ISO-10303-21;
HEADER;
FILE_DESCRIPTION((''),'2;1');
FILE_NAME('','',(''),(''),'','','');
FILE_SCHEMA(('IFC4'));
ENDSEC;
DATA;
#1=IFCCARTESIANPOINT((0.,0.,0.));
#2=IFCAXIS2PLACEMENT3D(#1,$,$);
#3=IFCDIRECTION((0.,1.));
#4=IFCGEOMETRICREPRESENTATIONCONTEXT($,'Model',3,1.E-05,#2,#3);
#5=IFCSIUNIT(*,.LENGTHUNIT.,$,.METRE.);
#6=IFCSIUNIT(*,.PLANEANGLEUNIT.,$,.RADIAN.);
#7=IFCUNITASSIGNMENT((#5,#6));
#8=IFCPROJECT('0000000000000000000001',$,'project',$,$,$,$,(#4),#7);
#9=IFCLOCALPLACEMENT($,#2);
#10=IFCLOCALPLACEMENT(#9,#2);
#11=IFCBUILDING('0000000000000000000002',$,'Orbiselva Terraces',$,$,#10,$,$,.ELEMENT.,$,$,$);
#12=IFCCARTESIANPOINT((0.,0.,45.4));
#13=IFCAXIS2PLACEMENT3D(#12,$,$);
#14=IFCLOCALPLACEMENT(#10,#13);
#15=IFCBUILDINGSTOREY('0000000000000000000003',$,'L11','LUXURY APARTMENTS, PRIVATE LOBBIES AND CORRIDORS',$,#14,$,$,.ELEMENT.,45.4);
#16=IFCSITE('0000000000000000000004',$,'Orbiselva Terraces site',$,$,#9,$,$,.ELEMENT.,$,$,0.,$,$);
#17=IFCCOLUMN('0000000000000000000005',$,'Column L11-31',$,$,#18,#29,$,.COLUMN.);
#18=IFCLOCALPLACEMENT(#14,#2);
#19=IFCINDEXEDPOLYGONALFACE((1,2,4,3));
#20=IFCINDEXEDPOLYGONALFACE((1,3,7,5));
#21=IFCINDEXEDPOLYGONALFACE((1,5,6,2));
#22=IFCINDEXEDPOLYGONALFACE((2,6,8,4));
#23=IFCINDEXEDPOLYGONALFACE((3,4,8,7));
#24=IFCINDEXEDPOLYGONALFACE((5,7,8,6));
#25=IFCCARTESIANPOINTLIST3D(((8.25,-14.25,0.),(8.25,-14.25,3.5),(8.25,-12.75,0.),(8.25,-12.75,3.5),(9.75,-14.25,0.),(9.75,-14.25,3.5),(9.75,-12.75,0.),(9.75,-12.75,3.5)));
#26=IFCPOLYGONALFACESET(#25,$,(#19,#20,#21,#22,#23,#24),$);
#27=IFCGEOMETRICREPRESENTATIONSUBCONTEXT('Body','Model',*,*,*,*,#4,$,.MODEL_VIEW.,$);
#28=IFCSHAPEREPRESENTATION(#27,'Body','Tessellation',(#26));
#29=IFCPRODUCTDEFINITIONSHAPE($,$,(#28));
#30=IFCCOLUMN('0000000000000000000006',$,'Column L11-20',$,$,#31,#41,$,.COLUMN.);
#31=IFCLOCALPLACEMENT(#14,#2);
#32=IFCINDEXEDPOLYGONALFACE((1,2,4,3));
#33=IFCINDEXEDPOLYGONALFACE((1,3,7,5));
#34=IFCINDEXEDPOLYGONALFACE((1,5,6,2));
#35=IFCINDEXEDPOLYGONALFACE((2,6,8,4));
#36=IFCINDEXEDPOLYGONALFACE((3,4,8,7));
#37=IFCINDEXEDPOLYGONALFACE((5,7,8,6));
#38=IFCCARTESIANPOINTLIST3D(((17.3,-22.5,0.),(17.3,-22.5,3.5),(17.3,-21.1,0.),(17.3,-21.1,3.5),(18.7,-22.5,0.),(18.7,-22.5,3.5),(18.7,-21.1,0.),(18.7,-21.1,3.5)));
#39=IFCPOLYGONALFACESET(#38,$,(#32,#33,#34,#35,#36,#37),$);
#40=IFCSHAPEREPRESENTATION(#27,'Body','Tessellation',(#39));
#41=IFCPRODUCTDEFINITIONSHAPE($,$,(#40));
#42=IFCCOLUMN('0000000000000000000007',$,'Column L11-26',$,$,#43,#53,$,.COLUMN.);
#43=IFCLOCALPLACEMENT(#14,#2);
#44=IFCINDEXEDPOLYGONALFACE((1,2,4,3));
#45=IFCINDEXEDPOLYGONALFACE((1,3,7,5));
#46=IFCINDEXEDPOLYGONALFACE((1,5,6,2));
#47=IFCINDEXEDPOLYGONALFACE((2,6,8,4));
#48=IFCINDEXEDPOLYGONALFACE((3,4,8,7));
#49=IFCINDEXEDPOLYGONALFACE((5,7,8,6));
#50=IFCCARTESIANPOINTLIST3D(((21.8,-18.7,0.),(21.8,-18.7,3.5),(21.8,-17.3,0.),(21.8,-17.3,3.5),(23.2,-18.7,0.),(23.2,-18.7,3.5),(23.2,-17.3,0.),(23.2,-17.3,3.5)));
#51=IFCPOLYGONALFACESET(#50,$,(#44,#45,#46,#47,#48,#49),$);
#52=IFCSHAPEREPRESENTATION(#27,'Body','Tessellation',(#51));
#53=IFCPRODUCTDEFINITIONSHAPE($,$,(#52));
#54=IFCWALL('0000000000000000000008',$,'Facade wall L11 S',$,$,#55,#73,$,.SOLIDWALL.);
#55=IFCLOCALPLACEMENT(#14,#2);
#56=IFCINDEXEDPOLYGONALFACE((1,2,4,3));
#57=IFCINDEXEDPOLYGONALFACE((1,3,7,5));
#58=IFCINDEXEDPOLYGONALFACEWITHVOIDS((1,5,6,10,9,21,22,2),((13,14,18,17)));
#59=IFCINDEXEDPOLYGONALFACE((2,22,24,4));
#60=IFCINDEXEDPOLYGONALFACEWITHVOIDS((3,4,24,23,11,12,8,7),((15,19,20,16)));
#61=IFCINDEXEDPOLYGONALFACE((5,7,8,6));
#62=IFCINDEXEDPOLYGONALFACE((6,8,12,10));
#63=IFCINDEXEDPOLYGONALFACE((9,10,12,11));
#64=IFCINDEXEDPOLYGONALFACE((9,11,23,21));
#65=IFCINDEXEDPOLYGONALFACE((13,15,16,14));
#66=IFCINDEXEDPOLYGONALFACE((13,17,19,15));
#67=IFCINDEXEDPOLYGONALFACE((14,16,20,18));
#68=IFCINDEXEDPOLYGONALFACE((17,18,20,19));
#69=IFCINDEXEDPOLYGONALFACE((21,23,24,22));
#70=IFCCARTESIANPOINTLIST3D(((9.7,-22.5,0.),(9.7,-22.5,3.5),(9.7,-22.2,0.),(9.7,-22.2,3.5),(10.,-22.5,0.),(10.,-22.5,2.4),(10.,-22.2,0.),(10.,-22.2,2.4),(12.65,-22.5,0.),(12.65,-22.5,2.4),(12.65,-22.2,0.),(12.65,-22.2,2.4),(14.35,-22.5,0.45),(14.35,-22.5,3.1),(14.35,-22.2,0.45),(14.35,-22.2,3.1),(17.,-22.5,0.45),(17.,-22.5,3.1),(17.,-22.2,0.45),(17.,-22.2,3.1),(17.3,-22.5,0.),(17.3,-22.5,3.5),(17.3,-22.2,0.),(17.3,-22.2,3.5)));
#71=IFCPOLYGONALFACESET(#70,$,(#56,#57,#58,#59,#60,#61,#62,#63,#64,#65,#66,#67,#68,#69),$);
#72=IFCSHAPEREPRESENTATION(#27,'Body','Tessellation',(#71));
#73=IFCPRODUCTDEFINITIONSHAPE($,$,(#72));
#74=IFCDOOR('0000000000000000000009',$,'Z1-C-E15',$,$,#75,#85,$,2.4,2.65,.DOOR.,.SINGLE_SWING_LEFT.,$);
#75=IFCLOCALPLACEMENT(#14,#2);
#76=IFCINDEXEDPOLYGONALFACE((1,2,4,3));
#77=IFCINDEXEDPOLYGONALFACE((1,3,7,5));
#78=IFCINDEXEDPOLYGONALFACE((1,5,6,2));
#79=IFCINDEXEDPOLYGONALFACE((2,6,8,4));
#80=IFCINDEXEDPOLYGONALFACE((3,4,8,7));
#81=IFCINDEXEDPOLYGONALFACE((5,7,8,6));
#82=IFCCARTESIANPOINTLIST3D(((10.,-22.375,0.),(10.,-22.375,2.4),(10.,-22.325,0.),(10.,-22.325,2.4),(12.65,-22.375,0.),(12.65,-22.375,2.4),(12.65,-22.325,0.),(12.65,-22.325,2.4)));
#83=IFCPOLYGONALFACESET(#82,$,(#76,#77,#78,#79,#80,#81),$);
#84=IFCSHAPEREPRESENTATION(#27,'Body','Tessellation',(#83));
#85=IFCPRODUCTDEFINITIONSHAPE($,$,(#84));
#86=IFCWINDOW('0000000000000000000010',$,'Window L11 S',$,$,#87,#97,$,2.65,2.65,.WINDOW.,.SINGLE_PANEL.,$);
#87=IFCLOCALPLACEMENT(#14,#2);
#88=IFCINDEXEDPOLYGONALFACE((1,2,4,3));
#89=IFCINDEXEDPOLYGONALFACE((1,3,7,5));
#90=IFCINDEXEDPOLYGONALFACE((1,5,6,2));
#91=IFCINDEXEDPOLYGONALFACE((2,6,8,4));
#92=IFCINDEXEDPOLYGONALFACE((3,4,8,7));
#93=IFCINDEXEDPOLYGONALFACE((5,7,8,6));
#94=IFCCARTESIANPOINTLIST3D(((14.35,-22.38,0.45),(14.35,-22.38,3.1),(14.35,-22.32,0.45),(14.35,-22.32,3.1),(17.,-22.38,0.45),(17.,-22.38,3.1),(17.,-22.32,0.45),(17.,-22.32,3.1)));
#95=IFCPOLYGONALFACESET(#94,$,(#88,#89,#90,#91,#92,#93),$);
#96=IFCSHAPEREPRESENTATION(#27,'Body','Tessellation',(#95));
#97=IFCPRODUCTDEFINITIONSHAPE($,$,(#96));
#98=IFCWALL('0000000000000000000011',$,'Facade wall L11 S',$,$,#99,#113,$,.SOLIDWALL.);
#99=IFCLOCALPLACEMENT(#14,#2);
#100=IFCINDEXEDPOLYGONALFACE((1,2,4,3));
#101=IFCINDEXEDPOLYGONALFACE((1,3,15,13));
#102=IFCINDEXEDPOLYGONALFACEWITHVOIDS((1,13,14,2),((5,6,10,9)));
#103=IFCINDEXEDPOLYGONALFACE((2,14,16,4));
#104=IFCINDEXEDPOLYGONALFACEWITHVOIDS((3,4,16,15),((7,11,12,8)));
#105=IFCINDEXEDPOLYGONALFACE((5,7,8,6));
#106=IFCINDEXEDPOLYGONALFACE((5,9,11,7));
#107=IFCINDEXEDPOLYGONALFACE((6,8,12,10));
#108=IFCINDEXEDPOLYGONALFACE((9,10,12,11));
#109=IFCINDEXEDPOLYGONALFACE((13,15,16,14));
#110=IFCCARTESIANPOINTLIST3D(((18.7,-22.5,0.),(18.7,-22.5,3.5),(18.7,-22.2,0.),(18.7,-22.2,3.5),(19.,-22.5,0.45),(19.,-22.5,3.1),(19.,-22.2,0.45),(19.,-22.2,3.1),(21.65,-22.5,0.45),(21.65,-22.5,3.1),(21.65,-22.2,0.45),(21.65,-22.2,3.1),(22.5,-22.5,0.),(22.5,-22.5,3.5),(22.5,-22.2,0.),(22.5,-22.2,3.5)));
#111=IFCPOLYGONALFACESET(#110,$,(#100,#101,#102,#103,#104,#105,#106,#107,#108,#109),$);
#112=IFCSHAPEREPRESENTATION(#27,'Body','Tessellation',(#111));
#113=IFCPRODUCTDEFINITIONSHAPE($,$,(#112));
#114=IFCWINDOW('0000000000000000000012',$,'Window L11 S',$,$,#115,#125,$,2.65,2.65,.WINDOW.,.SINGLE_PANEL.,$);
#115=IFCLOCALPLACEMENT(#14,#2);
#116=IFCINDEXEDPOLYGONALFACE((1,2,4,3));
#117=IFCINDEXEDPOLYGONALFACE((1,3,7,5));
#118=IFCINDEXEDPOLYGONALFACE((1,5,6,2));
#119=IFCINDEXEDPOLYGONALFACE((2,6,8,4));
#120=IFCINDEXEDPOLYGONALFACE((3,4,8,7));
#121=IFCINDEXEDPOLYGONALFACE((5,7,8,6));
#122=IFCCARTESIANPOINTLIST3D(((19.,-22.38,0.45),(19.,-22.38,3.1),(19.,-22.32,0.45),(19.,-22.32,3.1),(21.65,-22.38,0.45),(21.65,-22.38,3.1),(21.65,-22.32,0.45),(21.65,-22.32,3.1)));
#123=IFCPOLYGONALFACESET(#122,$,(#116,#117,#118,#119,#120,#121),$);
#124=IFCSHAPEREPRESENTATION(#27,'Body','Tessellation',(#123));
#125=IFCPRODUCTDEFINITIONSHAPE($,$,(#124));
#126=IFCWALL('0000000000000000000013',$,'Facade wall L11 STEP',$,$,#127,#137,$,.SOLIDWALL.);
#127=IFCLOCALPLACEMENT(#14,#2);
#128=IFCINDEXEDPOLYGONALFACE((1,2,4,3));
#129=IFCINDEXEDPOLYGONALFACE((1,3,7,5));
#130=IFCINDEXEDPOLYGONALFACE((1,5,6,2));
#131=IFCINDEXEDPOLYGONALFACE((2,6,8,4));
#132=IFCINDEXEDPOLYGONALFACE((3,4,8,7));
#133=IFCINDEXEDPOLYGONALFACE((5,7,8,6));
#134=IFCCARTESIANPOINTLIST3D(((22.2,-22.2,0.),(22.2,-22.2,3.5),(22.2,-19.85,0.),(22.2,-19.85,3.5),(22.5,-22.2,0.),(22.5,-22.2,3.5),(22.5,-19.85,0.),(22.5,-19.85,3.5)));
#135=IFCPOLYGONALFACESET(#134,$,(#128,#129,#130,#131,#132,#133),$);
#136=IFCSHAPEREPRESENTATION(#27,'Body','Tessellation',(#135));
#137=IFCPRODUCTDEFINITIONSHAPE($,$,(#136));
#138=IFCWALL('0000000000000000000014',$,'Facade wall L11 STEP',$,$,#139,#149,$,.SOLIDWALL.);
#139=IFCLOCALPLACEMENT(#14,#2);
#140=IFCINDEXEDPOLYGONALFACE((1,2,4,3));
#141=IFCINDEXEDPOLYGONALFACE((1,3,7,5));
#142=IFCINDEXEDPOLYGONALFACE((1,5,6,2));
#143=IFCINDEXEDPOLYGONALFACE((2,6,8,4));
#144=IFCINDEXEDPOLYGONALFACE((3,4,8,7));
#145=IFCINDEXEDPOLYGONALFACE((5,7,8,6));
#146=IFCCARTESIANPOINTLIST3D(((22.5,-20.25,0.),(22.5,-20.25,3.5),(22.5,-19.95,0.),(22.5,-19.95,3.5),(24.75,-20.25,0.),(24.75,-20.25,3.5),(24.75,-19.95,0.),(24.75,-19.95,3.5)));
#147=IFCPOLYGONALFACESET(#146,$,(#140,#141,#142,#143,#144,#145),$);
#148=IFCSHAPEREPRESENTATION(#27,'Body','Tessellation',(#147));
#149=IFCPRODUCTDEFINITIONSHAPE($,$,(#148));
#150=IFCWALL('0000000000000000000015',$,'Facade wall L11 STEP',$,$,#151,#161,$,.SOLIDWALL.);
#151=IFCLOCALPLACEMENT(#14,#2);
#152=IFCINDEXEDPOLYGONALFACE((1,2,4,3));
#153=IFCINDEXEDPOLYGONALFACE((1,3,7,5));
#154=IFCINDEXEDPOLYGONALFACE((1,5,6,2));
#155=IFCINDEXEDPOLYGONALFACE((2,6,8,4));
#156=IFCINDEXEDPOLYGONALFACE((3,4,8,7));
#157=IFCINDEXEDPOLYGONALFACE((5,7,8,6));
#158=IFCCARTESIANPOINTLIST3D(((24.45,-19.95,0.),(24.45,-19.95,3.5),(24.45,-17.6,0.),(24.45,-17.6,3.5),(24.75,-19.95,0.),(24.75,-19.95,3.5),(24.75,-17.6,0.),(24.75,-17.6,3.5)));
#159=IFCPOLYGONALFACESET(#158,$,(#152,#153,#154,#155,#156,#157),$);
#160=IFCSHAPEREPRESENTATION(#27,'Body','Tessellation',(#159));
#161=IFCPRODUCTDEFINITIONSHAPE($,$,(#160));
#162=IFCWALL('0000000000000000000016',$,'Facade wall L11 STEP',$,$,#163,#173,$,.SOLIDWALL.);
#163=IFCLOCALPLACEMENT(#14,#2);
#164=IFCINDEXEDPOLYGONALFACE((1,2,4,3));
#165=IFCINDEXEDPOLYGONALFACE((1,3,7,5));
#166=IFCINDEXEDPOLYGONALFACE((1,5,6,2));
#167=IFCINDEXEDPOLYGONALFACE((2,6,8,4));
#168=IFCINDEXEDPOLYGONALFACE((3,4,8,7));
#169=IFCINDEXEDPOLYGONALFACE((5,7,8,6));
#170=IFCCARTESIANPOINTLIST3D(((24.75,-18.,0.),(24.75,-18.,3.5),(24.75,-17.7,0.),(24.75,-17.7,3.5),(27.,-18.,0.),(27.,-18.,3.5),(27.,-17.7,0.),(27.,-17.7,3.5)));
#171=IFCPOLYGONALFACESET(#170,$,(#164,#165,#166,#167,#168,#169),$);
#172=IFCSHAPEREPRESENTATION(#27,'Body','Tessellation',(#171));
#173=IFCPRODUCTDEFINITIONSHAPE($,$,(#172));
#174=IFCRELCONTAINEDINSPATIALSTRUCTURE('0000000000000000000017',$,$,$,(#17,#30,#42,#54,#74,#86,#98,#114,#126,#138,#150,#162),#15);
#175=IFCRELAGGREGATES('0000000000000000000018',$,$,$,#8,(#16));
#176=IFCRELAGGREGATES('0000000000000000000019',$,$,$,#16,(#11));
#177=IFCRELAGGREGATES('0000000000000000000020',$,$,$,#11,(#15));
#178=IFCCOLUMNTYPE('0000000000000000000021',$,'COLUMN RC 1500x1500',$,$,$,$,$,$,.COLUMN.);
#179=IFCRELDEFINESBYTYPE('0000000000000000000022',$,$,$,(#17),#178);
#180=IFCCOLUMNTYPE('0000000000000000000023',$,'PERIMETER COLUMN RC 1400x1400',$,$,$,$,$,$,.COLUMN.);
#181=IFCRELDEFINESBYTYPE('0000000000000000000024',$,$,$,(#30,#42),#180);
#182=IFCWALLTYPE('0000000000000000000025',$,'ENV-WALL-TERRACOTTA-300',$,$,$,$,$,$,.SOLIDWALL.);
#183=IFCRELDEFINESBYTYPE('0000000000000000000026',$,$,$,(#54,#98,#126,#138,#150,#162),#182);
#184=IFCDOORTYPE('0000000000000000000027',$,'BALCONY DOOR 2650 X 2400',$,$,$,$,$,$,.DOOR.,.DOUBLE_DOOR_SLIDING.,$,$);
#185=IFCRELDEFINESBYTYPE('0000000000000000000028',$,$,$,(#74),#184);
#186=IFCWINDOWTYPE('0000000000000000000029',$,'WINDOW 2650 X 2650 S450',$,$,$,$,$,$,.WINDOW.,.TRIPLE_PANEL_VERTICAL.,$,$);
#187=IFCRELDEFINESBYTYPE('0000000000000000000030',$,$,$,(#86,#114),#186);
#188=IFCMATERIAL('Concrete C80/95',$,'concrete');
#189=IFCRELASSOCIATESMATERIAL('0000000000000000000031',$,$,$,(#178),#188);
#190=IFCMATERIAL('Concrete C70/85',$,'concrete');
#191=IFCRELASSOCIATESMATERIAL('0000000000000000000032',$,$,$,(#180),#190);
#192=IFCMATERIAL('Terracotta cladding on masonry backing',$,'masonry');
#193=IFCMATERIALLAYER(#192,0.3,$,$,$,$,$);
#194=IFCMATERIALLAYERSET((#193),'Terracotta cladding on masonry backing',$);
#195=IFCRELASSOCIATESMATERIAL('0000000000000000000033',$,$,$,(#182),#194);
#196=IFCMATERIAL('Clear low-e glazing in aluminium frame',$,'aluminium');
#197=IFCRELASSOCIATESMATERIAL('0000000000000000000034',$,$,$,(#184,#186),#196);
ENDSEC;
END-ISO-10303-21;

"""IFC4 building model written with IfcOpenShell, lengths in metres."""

from ifc_helpers import new_model, si_unit, direction, frame, frame_2d, origin, origin_2d, place, context, subcontext, project, spatial, rectangle, extrude, material, layer, layer_set, material_profile, profile_set, type_object, element, fill, save


model = new_model("IFC4")

# Units and contexts
model_context = context("Model", 3, precision=1e-05, world=origin(), true_north=direction((0.0, 1.0)))
body_context = subcontext(model_context, "Body", "Model", "MODEL_VIEW")
ifc_project = project(units=[si_unit("LENGTHUNIT", "METRE"), si_unit("PLANEANGLEUNIT", "RADIAN")], contexts=[model_context])

# Site, building, storey
site_placement = place(None, origin())
site = spatial("IfcSite", under=ifc_project, at=site_placement, Name="Orbiselva Terraces site", CompositionType="ELEMENT", RefElevation=0.0)
building_placement = place(site_placement, origin())
building = spatial("IfcBuilding", under=site, at=building_placement, Name="Orbiselva Terraces", CompositionType="ELEMENT")
storey_placement = place(building_placement, frame((0.0, 0.0, 45.4)))
storey = spatial("IfcBuildingStorey", under=building, at=storey_placement, Name="L11", Description="LUXURY APARTMENTS, PRIVATE LOBBIES AND CORRIDORS", CompositionType="ELEMENT", Elevation=45.4)

# Columns
ifc_material_1 = material(Name="Concrete C80/95", Category="concrete")
ifc_material_profile_1 = material_profile(ifc_material_1, rectangle(XDim=1.5, YDim=1.5, at=origin_2d()), Name="RC 1500x1500")
ifc_profile_set_1 = profile_set([ifc_material_profile_1], Name="Concrete C80/95")
column_type_1 = type_object("IfcColumnType", Name="COLUMN RC 1500x1500", PredefinedType="COLUMN", material=ifc_profile_set_1)
column_placement = place(storey_placement, frame((9.0, -13.5, 0.0), z_axis=(0.0, 0.0, 1.0), x_axis=(1.0, 0.0, 0.0)))
element("IfcColumn", 1, at=column_placement, inside=storey, type_object=column_type_1, Name="Column L11-31", PredefinedType="COLUMN", context=body_context, shape_type="SweptSolid", body=[
    extrude(rectangle(XDim=1.5, YDim=1.5, at=origin_2d()), origin(), (0.0, 0.0, 1.0), 3.5),
])
ifc_material_2 = material(Name="Concrete C70/85", Category="concrete")
ifc_material_profile_2 = material_profile(ifc_material_2, rectangle(XDim=1.4, YDim=1.4, at=origin_2d()), Name="RC 1400x1400")
ifc_profile_set_2 = profile_set([ifc_material_profile_2], Name="Concrete C70/85")
column_type_2 = type_object("IfcColumnType", Name="PERIMETER COLUMN RC 1400x1400", PredefinedType="COLUMN", material=ifc_profile_set_2)
for number, where, z_axis, x_axis, name in (
    (2, (18.0, -21.8, 0.0), (0.0, 0.0, 1.0), (1.0, 0.0, 0.0), "Column L11-20"),
    (3, (22.5, -18.0, 0.0), (0.0, 0.0, 1.0), (1.0, 0.0, 0.0), "Column L11-26"),
):
    element("IfcColumn", number, at=place(storey_placement, frame(where, z_axis=z_axis, x_axis=x_axis)), inside=storey, type_object=column_type_2, Name=name, PredefinedType="COLUMN", context=body_context, shape_type="SweptSolid", body=[
        extrude(rectangle(XDim=1.4, YDim=1.4, at=origin_2d()), origin(), (0.0, 0.0, 1.0), 3.5),
    ])

# Wall, openings, door, window
ifc_material_3 = material(Name="Terracotta cladding on masonry backing", Category="masonry")
ifc_layer_1 = layer(ifc_material_3, 0.3)
ifc_layer_set_1 = layer_set([ifc_layer_1], Name="Terracotta cladding on masonry backing")
wall_type_1 = type_object("IfcWallType", Name="ENV-WALL-TERRACOTTA-300", PredefinedType="SOLIDWALL", material=ifc_layer_set_1)
wall_1_placement = place(storey_placement, frame((17.3, -22.35, 0.0), z_axis=(0.0, 0.0, 1.0), x_axis=(-1.0, 0.0, 0.0)))
wall_1 = element("IfcWall", 4, at=wall_1_placement, inside=storey, type_object=wall_type_1, Name="Facade wall L11 S", PredefinedType="SOLIDWALL", context=body_context, shape_type="SweptSolid", body=[
    extrude(rectangle(XDim=7.6, YDim=0.3, at=frame_2d((3.8, 0.0))), origin(), (0.0, 0.0, 1.0), 3.5),
])
opening_1_placement = place(wall_1_placement, frame((4.65, 0.0, 0.0)))
opening_1 = element("IfcOpeningElement", 5, at=opening_1_placement, cuts=wall_1, PredefinedType="OPENING", context=body_context, shape_type="SweptSolid", body=[
    extrude(rectangle(XDim=2.65, YDim=2.4, at=frame_2d((1.325, 1.2))), frame((0.0, 0.16, 0.0), z_axis=(0.0, -1.0, 0.0), x_axis=(1.0, 0.0, 0.0)), (0.0, 0.0, 1.0), 0.32),
])
opening_2_placement = place(wall_1_placement, frame((0.3, 0.0, 0.45)))
opening_2 = element("IfcOpeningElement", 6, at=opening_2_placement, cuts=wall_1, PredefinedType="OPENING", context=body_context, shape_type="SweptSolid", body=[
    extrude(rectangle(XDim=2.65, YDim=2.65, at=frame_2d((1.325, 1.325))), frame((0.0, 0.16, 0.0), z_axis=(0.0, -1.0, 0.0), x_axis=(1.0, 0.0, 0.0)), (0.0, 0.0, 1.0), 0.32),
])
ifc_material_4 = material(Name="Clear low-e glazing in aluminium frame", Category="aluminium")
door_type_1 = type_object("IfcDoorType", Name="BALCONY DOOR 2650 X 2400", OperationType="DOUBLE_DOOR_SLIDING", PredefinedType="DOOR", material=ifc_material_4)
door_1_placement = place(opening_1_placement, origin())
door_1 = element("IfcDoor", 7, at=door_1_placement, inside=storey, type_object=door_type_1, Name="Z1-C-E15", OperationType="SINGLE_SWING_LEFT", OverallHeight=2.4, OverallWidth=2.65, PredefinedType="DOOR", context=body_context, shape_type="SweptSolid", body=[
    extrude(rectangle(XDim=2.65, YDim=2.4, at=frame_2d((1.325, 1.2))), frame((0.0, 0.025, 0.0), z_axis=(0.0, -1.0, 0.0), x_axis=(1.0, 0.0, 0.0)), (0.0, 0.0, 1.0), 0.05),
])
fill(opening_1, door_1)
window_type = type_object("IfcWindowType", Name="WINDOW 2650 X 2650 S450", PartitioningType="TRIPLE_PANEL_VERTICAL", PredefinedType="WINDOW", material=ifc_material_4)
window_1_placement = place(opening_2_placement, origin())
window_1 = element("IfcWindow", 8, at=window_1_placement, inside=storey, type_object=window_type, Name="Window L11 S", OverallHeight=2.65, OverallWidth=2.65, PartitioningType="SINGLE_PANEL", PredefinedType="WINDOW", context=body_context, shape_type="SweptSolid", body=[
    extrude(rectangle(XDim=2.65, YDim=2.65, at=frame_2d((1.325, 1.325))), frame((0.0, 0.03, 0.0), z_axis=(0.0, -1.0, 0.0), x_axis=(1.0, 0.0, 0.0)), (0.0, 0.0, 1.0), 0.06),
])
fill(opening_2, window_1)

# Wall, opening, window
wall_2_placement = place(storey_placement, frame((22.5, -22.35, 0.0), z_axis=(0.0, 0.0, 1.0), x_axis=(-1.0, 0.0, 0.0)))
wall_2 = element("IfcWall", 9, at=wall_2_placement, inside=storey, type_object=wall_type_1, Name="Facade wall L11 S", PredefinedType="SOLIDWALL", context=body_context, shape_type="SweptSolid", body=[
    extrude(rectangle(XDim=3.8, YDim=0.3, at=frame_2d((1.9, 0.0))), origin(), (0.0, 0.0, 1.0), 3.5),
])
opening_3_placement = place(wall_2_placement, frame((0.85, 0.0, 0.45)))
opening_3 = element("IfcOpeningElement", 10, at=opening_3_placement, cuts=wall_2, PredefinedType="OPENING", context=body_context, shape_type="SweptSolid", body=[
    extrude(rectangle(XDim=2.65, YDim=2.65, at=frame_2d((1.325, 1.325))), frame((0.0, 0.16, 0.0), z_axis=(0.0, -1.0, 0.0), x_axis=(1.0, 0.0, 0.0)), (0.0, 0.0, 1.0), 0.32),
])
window_2_placement = place(opening_3_placement, origin())
window_2 = element("IfcWindow", 11, at=window_2_placement, inside=storey, type_object=window_type, Name="Window L11 S", OverallHeight=2.65, OverallWidth=2.65, PartitioningType="SINGLE_PANEL", PredefinedType="WINDOW", context=body_context, shape_type="SweptSolid", body=[
    extrude(rectangle(XDim=2.65, YDim=2.65, at=frame_2d((1.325, 1.325))), frame((0.0, 0.03, 0.0), z_axis=(0.0, -1.0, 0.0), x_axis=(1.0, 0.0, 0.0)), (0.0, 0.0, 1.0), 0.06),
])
fill(opening_3, window_2)

# Walls
wall_3_placement = place(storey_placement, frame((22.35, -19.85, 0.0), z_axis=(0.0, 0.0, 1.0), x_axis=(0.0, -1.0, 0.0)))
element("IfcWall", 12, at=wall_3_placement, inside=storey, type_object=wall_type_1, Name="Facade wall L11 STEP", PredefinedType="SOLIDWALL", context=body_context, shape_type="SweptSolid", body=[
    extrude(rectangle(XDim=2.35, YDim=0.3, at=frame_2d((1.175, 0.0))), origin(), (0.0, 0.0, 1.0), 3.5),
])
wall_4_placement = place(storey_placement, frame((24.75, -20.1, 0.0), z_axis=(0.0, 0.0, 1.0), x_axis=(-1.0, 0.0, 0.0)))
element("IfcWall", 13, at=wall_4_placement, inside=storey, type_object=wall_type_1, Name="Facade wall L11 STEP", PredefinedType="SOLIDWALL", context=body_context, shape_type="SweptSolid", body=[
    extrude(rectangle(XDim=2.25, YDim=0.3, at=frame_2d((1.125, 0.0))), origin(), (0.0, 0.0, 1.0), 3.5),
])
wall_5_placement = place(storey_placement, frame((24.6, -17.6, 0.0), z_axis=(0.0, 0.0, 1.0), x_axis=(0.0, -1.0, 0.0)))
element("IfcWall", 14, at=wall_5_placement, inside=storey, type_object=wall_type_1, Name="Facade wall L11 STEP", PredefinedType="SOLIDWALL", context=body_context, shape_type="SweptSolid", body=[
    extrude(rectangle(XDim=2.35, YDim=0.3, at=frame_2d((1.175, 0.0))), origin(), (0.0, 0.0, 1.0), 3.5),
])
wall_6_placement = place(storey_placement, frame((27.0, -17.85, 0.0), z_axis=(0.0, 0.0, 1.0), x_axis=(-1.0, 0.0, 0.0)))
element("IfcWall", 15, at=wall_6_placement, inside=storey, type_object=wall_type_1, Name="Facade wall L11 STEP", PredefinedType="SOLIDWALL", context=body_context, shape_type="SweptSolid", body=[
    extrude(rectangle(XDim=2.25, YDim=0.3, at=frame_2d((1.125, 0.0))), origin(), (0.0, 0.0, 1.0), 3.5),
])

save(model, "model.ifc")
